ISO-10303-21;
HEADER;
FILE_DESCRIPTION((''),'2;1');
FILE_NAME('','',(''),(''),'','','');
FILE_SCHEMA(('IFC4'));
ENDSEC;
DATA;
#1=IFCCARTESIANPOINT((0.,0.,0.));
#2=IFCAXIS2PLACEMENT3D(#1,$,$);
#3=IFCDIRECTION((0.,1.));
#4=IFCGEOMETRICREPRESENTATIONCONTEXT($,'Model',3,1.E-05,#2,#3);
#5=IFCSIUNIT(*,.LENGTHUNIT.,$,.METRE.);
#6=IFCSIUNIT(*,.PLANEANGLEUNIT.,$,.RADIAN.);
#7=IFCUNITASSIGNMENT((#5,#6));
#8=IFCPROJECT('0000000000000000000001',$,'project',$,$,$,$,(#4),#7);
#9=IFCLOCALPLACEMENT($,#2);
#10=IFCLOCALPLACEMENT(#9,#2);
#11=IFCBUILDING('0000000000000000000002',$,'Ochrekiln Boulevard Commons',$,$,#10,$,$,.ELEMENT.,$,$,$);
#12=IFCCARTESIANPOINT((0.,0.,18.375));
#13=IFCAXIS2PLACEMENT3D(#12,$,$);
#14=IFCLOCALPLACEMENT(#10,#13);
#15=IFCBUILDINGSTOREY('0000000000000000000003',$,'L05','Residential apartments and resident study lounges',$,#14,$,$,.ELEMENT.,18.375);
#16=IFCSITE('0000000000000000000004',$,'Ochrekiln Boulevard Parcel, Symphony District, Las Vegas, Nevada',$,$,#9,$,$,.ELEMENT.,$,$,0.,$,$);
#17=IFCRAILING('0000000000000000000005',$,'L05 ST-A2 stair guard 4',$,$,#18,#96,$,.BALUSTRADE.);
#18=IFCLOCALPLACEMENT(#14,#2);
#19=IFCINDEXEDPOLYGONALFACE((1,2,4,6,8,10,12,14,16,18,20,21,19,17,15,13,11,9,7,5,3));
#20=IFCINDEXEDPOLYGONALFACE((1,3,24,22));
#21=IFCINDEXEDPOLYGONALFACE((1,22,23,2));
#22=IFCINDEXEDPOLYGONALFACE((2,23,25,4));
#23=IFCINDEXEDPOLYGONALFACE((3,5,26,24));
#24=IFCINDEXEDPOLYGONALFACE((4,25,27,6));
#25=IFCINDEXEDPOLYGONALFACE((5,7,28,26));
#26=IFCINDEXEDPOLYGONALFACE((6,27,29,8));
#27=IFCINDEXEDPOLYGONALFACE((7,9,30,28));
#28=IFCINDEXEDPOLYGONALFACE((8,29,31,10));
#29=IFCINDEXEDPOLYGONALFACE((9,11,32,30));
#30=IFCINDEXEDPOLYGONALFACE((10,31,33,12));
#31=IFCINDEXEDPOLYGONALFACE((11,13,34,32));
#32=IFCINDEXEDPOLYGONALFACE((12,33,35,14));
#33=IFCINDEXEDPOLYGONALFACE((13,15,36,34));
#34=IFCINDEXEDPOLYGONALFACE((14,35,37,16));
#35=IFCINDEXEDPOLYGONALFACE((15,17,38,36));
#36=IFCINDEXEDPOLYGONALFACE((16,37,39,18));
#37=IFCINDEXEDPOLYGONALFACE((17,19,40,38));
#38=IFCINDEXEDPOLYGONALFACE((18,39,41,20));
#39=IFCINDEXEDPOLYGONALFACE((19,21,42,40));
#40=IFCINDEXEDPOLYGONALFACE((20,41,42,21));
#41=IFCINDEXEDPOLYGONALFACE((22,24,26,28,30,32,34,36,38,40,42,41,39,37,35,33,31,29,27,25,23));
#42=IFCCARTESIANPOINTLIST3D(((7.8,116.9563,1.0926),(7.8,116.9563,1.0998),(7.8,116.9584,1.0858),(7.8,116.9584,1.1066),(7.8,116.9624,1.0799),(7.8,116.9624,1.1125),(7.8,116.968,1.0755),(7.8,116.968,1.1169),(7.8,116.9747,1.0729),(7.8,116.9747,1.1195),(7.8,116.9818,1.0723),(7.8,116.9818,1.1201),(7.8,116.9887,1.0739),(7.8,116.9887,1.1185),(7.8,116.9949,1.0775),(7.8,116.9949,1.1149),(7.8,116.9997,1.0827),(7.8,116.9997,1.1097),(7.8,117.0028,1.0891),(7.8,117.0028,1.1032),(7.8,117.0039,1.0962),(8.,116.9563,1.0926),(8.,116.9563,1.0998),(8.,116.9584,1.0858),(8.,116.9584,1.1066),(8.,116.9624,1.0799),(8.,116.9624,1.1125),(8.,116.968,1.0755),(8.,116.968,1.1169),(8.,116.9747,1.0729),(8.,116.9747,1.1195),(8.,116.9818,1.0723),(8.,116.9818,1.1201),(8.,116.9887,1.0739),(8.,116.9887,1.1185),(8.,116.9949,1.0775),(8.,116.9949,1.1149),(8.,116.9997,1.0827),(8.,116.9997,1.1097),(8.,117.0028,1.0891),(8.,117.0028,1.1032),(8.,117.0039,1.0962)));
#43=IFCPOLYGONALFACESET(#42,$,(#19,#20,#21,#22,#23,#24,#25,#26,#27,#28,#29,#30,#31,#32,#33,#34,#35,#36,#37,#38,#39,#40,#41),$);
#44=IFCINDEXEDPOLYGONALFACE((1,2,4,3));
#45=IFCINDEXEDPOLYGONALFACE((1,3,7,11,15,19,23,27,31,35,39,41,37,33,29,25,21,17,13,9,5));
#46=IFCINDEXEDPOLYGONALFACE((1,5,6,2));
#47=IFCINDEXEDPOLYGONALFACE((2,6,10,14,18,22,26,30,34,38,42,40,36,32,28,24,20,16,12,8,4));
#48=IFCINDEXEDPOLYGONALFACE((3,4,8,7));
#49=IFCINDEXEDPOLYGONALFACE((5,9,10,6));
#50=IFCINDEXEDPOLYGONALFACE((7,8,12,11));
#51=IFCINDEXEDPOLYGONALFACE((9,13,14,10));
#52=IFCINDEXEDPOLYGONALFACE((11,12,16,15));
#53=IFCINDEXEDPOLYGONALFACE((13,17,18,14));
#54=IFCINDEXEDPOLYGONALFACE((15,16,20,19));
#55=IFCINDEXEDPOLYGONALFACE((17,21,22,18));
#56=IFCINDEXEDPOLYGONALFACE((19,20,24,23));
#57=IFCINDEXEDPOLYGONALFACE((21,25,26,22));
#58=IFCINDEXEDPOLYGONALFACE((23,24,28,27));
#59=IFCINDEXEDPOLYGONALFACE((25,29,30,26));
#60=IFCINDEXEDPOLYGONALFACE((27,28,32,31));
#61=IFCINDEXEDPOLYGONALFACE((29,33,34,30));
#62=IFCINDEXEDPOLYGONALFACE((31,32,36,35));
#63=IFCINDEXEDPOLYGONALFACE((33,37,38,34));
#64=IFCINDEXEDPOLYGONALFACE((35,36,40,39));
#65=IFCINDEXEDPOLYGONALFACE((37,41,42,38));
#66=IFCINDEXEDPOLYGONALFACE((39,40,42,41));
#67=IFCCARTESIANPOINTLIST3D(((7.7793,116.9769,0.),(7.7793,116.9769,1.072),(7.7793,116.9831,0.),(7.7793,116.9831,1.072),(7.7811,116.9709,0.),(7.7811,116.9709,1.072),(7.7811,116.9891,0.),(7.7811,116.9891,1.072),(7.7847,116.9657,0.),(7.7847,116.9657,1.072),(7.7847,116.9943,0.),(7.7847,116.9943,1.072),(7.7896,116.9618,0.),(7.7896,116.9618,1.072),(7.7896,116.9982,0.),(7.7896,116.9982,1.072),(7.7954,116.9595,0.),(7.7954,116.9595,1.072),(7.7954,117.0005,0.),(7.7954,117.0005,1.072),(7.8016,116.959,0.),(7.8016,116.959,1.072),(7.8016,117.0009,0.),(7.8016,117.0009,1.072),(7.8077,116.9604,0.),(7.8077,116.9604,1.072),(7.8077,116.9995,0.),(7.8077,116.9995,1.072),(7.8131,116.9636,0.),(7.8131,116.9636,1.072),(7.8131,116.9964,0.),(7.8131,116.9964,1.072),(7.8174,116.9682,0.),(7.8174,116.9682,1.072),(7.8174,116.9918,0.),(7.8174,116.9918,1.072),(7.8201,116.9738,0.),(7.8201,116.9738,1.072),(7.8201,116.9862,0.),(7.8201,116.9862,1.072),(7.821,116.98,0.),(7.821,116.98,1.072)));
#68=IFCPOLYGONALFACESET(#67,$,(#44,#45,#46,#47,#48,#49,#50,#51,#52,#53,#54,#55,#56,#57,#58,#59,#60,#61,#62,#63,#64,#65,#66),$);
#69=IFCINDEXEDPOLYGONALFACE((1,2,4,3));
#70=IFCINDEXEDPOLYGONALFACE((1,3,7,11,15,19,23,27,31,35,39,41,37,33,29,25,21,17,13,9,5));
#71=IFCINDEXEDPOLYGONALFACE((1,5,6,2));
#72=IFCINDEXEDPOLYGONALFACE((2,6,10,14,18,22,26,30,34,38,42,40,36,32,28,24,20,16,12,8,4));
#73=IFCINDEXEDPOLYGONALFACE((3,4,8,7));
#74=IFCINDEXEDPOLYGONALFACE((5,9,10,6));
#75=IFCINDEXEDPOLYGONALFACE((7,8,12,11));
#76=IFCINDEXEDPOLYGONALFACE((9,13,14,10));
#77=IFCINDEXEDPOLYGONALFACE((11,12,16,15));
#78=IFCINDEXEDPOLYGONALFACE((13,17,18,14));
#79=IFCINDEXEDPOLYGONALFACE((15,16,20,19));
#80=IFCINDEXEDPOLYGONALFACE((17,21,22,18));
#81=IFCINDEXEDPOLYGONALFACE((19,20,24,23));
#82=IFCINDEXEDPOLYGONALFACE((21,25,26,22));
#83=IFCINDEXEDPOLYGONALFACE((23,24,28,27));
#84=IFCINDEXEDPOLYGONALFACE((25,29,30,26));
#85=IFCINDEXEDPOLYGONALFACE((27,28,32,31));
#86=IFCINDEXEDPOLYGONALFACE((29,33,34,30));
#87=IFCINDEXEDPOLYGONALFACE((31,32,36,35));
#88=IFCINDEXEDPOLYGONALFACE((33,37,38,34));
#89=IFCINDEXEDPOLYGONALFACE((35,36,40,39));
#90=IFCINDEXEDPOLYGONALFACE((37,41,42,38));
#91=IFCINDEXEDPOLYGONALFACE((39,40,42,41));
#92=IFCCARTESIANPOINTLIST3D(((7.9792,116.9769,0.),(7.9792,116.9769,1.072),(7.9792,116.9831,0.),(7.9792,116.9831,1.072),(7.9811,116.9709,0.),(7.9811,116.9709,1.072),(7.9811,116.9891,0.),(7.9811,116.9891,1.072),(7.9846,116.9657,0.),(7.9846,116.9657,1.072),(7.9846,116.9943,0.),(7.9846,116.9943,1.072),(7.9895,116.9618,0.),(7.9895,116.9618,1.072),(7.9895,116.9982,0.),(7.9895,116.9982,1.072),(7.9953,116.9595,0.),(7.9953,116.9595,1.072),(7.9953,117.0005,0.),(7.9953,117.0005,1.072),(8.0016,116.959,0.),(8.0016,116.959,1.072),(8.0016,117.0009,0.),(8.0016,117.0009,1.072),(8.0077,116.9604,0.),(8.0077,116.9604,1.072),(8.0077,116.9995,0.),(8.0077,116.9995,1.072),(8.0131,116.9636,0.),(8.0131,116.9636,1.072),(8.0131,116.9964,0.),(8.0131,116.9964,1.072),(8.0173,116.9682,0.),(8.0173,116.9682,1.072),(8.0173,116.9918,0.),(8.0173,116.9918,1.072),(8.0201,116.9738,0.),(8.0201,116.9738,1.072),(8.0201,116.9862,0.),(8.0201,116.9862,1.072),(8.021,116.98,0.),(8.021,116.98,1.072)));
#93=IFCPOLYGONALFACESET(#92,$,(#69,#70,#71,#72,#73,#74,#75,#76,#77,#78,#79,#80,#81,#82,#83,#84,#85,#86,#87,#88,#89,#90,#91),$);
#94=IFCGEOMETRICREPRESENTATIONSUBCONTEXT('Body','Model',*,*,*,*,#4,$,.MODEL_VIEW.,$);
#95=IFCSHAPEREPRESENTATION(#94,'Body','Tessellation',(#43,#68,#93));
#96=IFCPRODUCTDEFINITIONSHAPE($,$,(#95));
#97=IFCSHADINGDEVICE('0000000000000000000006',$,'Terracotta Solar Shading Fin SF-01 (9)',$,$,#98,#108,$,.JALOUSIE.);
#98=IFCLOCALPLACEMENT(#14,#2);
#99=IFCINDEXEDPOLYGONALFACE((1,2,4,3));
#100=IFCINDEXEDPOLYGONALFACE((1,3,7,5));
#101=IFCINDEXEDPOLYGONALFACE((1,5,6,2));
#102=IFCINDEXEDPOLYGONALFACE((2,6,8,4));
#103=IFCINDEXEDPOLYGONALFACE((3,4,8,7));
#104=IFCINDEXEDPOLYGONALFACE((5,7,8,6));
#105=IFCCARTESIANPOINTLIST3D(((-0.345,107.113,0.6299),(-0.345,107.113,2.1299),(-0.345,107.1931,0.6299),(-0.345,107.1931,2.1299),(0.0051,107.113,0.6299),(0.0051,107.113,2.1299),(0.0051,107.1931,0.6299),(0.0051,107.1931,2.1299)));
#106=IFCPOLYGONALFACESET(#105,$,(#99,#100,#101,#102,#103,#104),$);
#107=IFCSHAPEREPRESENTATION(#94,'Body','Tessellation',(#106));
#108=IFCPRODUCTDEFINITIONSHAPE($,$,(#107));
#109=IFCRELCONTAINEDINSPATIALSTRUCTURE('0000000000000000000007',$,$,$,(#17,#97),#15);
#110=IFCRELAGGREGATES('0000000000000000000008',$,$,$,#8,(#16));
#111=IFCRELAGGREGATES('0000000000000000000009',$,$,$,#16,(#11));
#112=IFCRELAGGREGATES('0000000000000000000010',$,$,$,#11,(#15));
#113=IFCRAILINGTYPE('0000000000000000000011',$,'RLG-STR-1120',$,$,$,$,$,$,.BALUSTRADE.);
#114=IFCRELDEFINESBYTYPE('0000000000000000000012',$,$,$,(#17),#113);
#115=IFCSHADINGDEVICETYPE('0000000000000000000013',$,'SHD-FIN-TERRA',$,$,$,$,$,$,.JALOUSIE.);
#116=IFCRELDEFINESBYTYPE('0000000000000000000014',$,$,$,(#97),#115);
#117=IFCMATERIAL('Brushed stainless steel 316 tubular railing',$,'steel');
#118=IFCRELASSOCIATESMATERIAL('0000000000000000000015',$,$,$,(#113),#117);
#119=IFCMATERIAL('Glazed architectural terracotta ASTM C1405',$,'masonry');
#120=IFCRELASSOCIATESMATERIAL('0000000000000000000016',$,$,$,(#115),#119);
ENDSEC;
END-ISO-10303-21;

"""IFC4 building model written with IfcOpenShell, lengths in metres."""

from ifc_helpers import new_model, si_unit, direction, frame, origin, origin_2d, place, context, subcontext, project, spatial, rectangle, circle, extrude, material, type_object, element, save


model = new_model("IFC4")

# Units and contexts
model_context = context("Model", 3, precision=1e-05, world=origin(), true_north=direction((0.0, 1.0)))
body_context = subcontext(model_context, "Body", "Model", "MODEL_VIEW")
ifc_project = project(units=[si_unit("LENGTHUNIT", "METRE"), si_unit("PLANEANGLEUNIT", "RADIAN")], contexts=[model_context])

# Site, building, storey
site_placement = place(None, origin())
site = spatial("IfcSite", under=ifc_project, at=site_placement, Name="Ochrekiln Boulevard Parcel, Symphony District, Las Vegas, Nevada", CompositionType="ELEMENT", RefElevation=0.0)
building_placement = place(site_placement, origin())
building = spatial("IfcBuilding", under=site, at=building_placement, Name="Ochrekiln Boulevard Commons", CompositionType="ELEMENT")
storey_placement = place(building_placement, frame((0.0, 0.0, 18.375)))
storey = spatial("IfcBuildingStorey", under=building, at=storey_placement, Name="L05", Description="Residential apartments and resident study lounges", CompositionType="ELEMENT", Elevation=18.375)

# Railing
ifc_material_1 = material(Name="Brushed stainless steel 316 tubular railing", Category="steel")
railing_type_1 = type_object("IfcRailingType", Name="RLG-STR-1120", PredefinedType="BALUSTRADE", material=ifc_material_1)
railing_1_placement = place(storey_placement, frame((7.8, 116.98, 0.0)))
element("IfcRailing", 1, at=railing_1_placement, inside=storey, type_object=railing_type_1, Name="L05 ST-A2 stair guard 4", PredefinedType="BALUSTRADE", context=body_context, shape_type="SweptSolid", body=[
    extrude(circle(Radius=0.0239, at=origin_2d()), frame((0.0, 0.0, 1.0962), z_axis=(1.0, 0.0, 0.0), x_axis=(0.0, 1.0, 0.0)), (0.0, 0.0, 1.0), 0.2),
    extrude(circle(Radius=0.021, at=origin_2d()), origin(), (0.0, 0.0, 1.0), 1.072),
    extrude(circle(Radius=0.021, at=origin_2d()), frame((0.2, 0.0, 0.0)), (0.0, 0.0, 1.0), 1.072),
])

# Shading device
ifc_material_2 = material(Name="Glazed architectural terracotta ASTM C1405", Category="masonry")
shading_device_type = type_object("IfcShadingDeviceType", Name="SHD-FIN-TERRA", PredefinedType="JALOUSIE", material=ifc_material_2)
shading_device_placement = place(storey_placement, frame((-0.1699, 107.1531, 0.6299), z_axis=(0.0, 0.0, 1.0), x_axis=(1.0, 0.0, 0.0)))
element("IfcShadingDevice", 2, at=shading_device_placement, inside=storey, type_object=shading_device_type, Name="Terracotta Solar Shading Fin SF-01 (9)", PredefinedType="JALOUSIE", context=body_context, shape_type="SweptSolid", body=[
    extrude(rectangle(XDim=0.3501, YDim=0.0801, at=origin_2d()), origin(), (0.0, 0.0, 1.0), 1.5),
])

save(model, "model.ifc")
